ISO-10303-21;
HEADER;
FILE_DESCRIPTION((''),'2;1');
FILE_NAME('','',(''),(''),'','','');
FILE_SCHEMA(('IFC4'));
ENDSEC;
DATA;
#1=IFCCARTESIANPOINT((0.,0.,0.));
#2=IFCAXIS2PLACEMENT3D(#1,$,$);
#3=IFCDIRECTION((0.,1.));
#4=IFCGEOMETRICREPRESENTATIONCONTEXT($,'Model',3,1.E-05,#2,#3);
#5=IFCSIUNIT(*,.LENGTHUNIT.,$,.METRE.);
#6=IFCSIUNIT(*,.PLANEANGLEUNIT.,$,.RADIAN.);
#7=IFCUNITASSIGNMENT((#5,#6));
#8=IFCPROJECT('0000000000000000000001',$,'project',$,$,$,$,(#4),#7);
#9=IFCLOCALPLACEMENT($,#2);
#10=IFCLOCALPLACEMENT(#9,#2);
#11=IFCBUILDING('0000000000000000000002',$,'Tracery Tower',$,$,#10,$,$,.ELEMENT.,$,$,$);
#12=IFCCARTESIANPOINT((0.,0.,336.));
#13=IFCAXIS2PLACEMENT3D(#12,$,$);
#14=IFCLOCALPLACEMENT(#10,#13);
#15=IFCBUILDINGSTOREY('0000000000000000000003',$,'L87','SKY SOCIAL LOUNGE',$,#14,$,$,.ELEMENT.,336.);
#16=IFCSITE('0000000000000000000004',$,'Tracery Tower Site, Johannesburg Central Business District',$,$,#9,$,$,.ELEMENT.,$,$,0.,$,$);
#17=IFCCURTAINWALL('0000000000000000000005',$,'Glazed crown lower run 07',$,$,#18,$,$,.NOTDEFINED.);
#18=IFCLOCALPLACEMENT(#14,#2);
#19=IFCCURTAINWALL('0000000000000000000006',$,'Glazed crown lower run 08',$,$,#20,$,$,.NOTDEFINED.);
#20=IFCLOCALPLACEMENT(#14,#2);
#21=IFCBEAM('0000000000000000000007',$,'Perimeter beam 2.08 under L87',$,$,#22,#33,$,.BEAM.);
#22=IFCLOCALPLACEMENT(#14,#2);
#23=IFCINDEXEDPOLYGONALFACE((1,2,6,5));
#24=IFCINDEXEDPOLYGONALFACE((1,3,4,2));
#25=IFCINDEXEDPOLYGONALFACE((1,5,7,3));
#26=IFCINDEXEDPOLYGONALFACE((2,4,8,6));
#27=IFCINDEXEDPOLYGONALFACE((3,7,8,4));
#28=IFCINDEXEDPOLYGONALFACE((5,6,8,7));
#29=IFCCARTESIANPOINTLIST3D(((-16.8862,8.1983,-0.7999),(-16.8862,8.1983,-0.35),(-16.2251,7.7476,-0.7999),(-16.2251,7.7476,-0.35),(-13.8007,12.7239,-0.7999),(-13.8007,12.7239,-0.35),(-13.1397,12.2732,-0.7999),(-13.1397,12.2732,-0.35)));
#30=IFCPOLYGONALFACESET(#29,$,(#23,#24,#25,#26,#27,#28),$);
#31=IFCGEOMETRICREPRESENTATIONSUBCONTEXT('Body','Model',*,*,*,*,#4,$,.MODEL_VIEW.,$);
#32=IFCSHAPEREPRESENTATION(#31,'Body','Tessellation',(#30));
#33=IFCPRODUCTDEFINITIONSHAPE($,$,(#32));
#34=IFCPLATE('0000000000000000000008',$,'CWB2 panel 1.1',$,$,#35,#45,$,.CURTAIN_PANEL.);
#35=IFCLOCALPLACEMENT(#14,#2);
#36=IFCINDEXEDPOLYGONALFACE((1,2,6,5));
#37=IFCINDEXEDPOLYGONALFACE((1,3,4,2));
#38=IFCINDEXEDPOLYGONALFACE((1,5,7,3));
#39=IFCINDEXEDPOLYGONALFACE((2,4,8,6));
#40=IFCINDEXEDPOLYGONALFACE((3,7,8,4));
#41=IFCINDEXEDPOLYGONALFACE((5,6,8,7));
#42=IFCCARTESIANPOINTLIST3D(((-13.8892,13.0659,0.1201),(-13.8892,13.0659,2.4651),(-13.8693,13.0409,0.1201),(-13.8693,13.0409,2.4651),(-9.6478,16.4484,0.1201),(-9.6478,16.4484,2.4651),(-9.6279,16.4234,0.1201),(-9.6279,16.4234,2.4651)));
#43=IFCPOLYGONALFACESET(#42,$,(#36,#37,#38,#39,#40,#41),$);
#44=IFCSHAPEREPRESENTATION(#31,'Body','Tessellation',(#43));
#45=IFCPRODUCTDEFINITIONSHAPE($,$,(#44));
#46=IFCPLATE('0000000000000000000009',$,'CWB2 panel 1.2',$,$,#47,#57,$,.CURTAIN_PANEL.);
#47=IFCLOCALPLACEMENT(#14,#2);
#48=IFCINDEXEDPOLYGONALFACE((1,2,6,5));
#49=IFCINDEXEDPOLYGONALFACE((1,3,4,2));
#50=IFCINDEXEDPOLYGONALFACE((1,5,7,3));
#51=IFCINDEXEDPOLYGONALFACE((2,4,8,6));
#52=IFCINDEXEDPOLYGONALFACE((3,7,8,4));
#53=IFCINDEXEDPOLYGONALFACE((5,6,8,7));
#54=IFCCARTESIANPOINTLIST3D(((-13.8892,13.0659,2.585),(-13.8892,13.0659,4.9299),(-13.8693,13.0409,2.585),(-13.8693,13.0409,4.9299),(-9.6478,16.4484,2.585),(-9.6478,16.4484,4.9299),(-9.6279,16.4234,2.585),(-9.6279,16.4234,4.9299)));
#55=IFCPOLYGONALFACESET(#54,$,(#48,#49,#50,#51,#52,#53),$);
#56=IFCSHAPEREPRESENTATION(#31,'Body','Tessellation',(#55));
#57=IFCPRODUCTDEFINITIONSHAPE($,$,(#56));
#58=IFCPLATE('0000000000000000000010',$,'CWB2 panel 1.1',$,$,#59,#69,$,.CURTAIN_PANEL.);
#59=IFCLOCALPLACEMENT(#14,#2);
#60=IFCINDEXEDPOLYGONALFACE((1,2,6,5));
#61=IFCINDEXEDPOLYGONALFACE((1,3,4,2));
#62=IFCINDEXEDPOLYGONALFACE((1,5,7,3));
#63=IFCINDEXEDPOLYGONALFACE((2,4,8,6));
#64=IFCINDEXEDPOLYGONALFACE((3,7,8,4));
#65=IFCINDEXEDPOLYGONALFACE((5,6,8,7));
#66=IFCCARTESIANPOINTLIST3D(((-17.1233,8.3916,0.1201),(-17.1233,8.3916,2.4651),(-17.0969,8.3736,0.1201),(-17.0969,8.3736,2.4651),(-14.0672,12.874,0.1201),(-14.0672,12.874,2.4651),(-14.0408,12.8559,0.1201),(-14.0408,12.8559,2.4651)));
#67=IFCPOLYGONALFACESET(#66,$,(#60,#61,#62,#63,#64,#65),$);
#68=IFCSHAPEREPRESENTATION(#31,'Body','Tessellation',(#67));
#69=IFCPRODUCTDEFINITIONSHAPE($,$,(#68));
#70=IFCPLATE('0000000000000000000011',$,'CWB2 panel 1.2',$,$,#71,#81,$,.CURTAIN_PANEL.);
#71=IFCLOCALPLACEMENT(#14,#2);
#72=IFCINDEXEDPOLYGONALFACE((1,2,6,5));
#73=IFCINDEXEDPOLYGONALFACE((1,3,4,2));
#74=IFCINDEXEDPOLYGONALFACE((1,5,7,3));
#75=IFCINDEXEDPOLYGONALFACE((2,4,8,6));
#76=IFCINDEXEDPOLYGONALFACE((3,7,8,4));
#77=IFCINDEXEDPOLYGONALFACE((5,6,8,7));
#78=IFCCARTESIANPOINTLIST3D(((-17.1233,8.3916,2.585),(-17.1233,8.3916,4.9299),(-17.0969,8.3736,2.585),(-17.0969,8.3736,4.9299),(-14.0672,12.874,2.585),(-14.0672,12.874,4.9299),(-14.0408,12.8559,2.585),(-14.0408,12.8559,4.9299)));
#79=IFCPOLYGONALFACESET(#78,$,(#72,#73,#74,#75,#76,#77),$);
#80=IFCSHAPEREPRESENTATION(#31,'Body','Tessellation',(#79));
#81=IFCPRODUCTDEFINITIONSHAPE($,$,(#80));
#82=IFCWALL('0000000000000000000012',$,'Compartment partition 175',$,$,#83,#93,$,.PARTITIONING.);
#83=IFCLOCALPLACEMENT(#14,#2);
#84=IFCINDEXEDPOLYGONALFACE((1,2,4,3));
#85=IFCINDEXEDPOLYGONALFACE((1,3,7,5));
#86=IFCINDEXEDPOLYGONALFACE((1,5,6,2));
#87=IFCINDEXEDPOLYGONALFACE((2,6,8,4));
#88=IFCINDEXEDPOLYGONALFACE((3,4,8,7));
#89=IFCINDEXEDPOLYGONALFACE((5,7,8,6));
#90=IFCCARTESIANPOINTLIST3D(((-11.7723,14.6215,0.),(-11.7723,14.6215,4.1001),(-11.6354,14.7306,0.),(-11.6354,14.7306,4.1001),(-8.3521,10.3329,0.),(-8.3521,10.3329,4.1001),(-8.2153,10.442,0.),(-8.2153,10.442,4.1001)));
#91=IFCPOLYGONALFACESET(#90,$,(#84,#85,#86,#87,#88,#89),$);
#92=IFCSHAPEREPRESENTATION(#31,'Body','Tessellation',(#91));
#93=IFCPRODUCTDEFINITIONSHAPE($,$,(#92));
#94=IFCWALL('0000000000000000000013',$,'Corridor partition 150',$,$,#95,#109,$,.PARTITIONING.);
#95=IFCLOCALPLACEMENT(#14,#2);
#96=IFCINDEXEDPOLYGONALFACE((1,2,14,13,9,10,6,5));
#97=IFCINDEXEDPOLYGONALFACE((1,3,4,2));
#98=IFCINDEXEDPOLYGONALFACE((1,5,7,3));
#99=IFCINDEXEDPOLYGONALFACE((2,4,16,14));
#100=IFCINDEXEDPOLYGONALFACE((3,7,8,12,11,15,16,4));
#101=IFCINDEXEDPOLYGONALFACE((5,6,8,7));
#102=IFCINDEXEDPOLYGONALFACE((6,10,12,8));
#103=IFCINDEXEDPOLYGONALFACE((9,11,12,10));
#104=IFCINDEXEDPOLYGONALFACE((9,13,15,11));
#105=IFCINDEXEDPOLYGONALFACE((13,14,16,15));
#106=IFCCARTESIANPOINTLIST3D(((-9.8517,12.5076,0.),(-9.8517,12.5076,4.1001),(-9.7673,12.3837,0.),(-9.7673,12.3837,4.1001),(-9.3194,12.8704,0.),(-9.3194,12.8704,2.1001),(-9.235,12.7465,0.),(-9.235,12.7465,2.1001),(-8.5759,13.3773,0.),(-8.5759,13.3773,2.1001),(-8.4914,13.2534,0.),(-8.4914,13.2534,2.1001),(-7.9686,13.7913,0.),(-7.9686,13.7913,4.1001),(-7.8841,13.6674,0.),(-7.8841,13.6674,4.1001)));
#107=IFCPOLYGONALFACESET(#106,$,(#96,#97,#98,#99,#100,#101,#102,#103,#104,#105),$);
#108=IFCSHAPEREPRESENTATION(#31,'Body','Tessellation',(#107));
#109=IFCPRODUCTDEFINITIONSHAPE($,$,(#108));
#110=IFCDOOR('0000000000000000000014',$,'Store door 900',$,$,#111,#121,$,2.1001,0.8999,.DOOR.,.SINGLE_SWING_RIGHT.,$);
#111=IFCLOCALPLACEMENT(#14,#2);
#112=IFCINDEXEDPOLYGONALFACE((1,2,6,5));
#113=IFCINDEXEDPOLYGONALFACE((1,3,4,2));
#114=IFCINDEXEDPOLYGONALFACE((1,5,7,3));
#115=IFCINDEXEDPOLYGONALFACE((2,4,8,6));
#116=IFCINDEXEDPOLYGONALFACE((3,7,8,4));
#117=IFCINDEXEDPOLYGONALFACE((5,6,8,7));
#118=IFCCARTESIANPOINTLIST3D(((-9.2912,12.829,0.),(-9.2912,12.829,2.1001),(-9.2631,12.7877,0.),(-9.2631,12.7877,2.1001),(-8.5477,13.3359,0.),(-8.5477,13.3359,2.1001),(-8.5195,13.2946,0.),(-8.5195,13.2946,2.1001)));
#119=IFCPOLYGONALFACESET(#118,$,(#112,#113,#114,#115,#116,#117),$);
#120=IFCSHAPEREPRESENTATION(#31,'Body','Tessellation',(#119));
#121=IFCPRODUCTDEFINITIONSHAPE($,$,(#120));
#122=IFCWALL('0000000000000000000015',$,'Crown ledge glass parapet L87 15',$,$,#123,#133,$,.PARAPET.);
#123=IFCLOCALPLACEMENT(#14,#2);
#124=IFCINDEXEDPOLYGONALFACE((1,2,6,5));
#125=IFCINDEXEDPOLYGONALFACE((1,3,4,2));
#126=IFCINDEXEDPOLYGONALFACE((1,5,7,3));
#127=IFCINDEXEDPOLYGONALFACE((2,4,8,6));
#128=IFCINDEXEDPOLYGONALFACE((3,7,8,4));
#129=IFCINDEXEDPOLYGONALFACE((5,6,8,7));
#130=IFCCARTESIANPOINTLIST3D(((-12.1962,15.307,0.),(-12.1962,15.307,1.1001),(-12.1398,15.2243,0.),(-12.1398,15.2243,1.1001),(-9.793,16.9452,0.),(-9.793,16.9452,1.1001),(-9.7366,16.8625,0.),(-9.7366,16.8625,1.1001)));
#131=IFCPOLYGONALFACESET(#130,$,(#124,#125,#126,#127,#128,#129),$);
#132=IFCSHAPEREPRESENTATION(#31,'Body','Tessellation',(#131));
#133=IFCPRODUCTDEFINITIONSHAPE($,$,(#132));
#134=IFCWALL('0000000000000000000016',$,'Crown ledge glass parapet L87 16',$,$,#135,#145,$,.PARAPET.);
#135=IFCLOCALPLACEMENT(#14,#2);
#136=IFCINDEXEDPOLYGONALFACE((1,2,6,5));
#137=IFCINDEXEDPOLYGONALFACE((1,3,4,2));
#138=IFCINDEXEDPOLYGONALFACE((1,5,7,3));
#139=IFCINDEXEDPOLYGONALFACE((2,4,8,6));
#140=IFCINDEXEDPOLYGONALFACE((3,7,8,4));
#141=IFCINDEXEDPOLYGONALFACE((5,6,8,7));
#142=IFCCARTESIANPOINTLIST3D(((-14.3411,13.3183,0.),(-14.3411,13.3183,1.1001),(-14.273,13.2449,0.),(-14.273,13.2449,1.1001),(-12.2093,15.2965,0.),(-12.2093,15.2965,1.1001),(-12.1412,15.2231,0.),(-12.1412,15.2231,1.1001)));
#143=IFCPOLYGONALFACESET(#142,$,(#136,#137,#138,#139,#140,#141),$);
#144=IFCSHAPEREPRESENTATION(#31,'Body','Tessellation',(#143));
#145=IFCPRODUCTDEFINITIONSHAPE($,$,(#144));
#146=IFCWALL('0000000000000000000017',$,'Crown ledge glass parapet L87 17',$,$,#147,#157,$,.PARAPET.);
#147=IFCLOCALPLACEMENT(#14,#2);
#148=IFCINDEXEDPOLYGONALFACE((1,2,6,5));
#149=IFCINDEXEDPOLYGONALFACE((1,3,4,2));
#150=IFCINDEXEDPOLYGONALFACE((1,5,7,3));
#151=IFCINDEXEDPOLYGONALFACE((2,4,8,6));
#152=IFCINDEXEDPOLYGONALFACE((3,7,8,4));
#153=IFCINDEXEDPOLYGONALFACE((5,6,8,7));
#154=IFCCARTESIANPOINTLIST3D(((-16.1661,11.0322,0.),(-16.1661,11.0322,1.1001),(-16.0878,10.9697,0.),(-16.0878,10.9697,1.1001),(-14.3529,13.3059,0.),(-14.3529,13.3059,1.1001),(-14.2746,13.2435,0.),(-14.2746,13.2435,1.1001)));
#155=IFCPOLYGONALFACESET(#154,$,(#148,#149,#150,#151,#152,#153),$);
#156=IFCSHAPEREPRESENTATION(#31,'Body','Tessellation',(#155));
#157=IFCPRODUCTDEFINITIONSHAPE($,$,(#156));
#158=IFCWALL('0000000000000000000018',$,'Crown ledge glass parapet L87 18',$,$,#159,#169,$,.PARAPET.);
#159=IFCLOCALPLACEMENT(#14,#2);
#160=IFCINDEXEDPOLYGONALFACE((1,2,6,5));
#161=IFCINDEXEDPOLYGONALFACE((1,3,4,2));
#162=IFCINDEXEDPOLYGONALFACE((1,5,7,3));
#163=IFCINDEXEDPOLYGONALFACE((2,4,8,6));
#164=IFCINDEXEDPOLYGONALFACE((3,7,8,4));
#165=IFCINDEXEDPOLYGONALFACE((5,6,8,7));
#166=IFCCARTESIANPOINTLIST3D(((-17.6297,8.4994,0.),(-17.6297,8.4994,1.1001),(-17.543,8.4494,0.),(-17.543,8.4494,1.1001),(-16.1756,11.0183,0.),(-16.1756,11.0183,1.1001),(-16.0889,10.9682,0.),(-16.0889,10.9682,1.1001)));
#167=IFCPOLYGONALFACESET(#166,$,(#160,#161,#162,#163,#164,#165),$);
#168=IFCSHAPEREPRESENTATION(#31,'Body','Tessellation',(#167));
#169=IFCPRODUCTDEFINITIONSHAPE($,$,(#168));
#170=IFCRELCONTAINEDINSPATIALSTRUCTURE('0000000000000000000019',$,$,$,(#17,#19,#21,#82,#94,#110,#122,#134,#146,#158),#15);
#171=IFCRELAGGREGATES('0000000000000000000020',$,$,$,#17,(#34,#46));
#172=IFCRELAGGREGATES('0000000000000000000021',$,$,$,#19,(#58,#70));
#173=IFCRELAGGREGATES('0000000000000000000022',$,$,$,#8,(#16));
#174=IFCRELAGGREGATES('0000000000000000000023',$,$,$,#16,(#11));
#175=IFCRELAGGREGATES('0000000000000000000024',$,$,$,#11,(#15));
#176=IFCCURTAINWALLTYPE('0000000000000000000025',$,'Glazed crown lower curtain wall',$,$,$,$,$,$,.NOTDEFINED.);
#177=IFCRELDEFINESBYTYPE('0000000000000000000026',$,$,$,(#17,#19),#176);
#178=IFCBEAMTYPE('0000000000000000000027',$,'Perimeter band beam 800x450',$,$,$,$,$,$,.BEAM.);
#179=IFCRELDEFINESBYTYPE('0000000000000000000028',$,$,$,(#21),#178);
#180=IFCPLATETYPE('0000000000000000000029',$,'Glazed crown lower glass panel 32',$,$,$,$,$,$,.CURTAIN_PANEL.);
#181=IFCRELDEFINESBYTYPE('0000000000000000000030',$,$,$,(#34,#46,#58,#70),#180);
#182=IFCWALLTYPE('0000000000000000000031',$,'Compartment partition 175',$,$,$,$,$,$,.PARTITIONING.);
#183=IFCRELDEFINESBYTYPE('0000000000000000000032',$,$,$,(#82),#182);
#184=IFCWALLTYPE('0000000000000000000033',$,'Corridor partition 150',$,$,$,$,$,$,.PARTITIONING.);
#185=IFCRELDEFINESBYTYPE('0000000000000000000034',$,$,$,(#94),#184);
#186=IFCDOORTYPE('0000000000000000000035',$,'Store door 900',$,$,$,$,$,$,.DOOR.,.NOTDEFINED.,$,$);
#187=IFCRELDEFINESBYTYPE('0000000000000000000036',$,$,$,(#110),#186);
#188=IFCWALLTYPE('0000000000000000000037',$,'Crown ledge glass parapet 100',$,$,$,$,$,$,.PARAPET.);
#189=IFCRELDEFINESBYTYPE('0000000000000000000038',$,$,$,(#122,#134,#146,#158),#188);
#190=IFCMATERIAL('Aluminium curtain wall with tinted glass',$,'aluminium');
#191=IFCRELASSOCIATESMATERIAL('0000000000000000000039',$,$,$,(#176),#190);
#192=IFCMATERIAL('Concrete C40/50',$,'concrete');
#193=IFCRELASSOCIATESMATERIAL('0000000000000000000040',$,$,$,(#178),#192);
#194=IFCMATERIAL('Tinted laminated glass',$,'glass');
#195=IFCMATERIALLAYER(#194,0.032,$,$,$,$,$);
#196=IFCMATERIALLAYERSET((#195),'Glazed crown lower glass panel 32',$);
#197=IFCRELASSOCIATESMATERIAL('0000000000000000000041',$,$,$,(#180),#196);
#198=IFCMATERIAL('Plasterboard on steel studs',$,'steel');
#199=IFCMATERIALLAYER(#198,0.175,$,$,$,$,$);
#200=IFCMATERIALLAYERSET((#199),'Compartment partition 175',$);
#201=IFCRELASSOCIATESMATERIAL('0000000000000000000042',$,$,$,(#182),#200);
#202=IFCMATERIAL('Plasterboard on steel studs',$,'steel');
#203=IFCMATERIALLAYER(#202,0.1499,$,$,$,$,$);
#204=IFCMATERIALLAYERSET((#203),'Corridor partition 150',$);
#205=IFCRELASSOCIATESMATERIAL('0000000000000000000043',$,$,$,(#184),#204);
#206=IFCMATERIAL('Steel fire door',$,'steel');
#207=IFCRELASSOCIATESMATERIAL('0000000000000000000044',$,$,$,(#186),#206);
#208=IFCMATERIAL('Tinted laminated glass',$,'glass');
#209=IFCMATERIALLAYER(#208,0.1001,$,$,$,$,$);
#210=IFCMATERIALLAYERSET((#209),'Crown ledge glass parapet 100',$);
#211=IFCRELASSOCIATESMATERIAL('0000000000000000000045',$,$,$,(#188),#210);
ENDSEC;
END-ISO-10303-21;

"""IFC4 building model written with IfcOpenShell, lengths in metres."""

from ifc_helpers import new_model, si_unit, direction, frame, frame_2d, origin, origin_2d, place, context, subcontext, project, spatial, rectangle, extrude, material, layer, layer_set, material_profile, profile_set, type_object, element, fill, aggregate, save


model = new_model("IFC4")

# Units and contexts
model_context = context("Model", 3, precision=1e-05, world=origin(), true_north=direction((0.0, 1.0)))
body_context = subcontext(model_context, "Body", "Model", "MODEL_VIEW")
ifc_project = project(units=[si_unit("LENGTHUNIT", "METRE"), si_unit("PLANEANGLEUNIT", "RADIAN")], contexts=[model_context])

# Site, building, storey
site_placement = place(None, origin())
site = spatial("IfcSite", under=ifc_project, at=site_placement, Name="Tracery Tower Site, Johannesburg Central Business District", CompositionType="ELEMENT", RefElevation=0.0)
building_placement = place(site_placement, origin())
building = spatial("IfcBuilding", under=site, at=building_placement, Name="Tracery Tower", CompositionType="ELEMENT")
storey_placement = place(building_placement, frame((0.0, 0.0, 336.0)))
storey = spatial("IfcBuildingStorey", under=building, at=storey_placement, Name="L87", Description="SKY SOCIAL LOUNGE", CompositionType="ELEMENT", Elevation=336.0)

# Shared definitions
ifc_material_1 = material(Name="Aluminium curtain wall with tinted glass", Category="aluminium")
curtain_wall_type = type_object("IfcCurtainWallType", Name="Glazed crown lower curtain wall", PredefinedType="NOTDEFINED", material=ifc_material_1)

# Curtain wall
curtain_wall_1_placement = place(storey_placement, origin())
curtain_wall_1 = element("IfcCurtainWall", 1, at=curtain_wall_1_placement, inside=storey, type_object=curtain_wall_type, Name="Glazed crown lower run 07", PredefinedType="NOTDEFINED")

# Curtain wall
curtain_wall_2_placement = place(storey_placement, origin())
curtain_wall_2 = element("IfcCurtainWall", 2, at=curtain_wall_2_placement, inside=storey, type_object=curtain_wall_type, Name="Glazed crown lower run 08", PredefinedType="NOTDEFINED")

# Beam
ifc_material_2 = material(Name="Concrete C40/50", Category="concrete")
ifc_material_profile_1 = material_profile(ifc_material_2, rectangle(XDim=0.8, YDim=0.45, at=origin_2d()), Name="RC 800x450")
ifc_profile_set_1 = profile_set([ifc_material_profile_1], Name="Concrete C40/50")
beam_type = type_object("IfcBeamType", Name="Perimeter band beam 800x450", PredefinedType="BEAM", material=ifc_profile_set_1)
beam_placement = place(storey_placement, frame((-13.4702, 12.4985, -0.575), z_axis=(-0.563311, -0.826245, 0.0), x_axis=(0.826245, -0.563311, 0.0)))
element("IfcBeam", 3, at=beam_placement, inside=storey, type_object=beam_type, Name="Perimeter beam 2.08 under L87", PredefinedType="BEAM", context=body_context, shape_type="SweptSolid", body=[
    extrude(rectangle(XDim=0.8, YDim=0.45, at=origin_2d()), origin(), (0.0, 0.0, 1.0), 5.4773),
])

# Plates
ifc_material_3 = material(Name="Tinted laminated glass", Category="glass")
ifc_layer_1 = layer(ifc_material_3, 0.032)
ifc_layer_set_1 = layer_set([ifc_layer_1], Name="Glazed crown lower glass panel 32")
plate_type = type_object("IfcPlateType", Name="Glazed crown lower glass panel 32", PredefinedType="CURTAIN_PANEL", material=ifc_layer_set_1)
plate_1_placement = place(storey_placement, frame((-11.7585, 14.7446, 0.1201), z_axis=(0.0, 0.0, 1.0), x_axis=(-0.781822, -0.623502, 0.0)))
plate_1 = element("IfcPlate", 4, at=plate_1_placement, type_object=plate_type, Name="CWB2 panel 1.1", PredefinedType="CURTAIN_PANEL", context=body_context, shape_type="SweptSolid", body=[
    extrude(rectangle(XDim=5.425, YDim=0.032, at=origin_2d()), origin(), (0.0, 0.0, 1.0), 2.345),
])
plate_2_placement = place(storey_placement, frame((-11.7585, 14.7446, 2.585), z_axis=(0.0, 0.0, 1.0), x_axis=(-0.781822, -0.623502, 0.0)))
plate_2 = element("IfcPlate", 5, at=plate_2_placement, type_object=plate_type, Name="CWB2 panel 1.2", PredefinedType="CURTAIN_PANEL", context=body_context, shape_type="SweptSolid", body=[
    extrude(rectangle(XDim=5.425, YDim=0.032, at=origin_2d()), origin(), (0.0, 0.0, 1.0), 2.345),
])
aggregate(curtain_wall_1, [plate_1, plate_2])
plate_3_placement = place(storey_placement, frame((-15.582, 10.6238, 0.1201), z_axis=(0.0, 0.0, 1.0), x_axis=(-0.563329, -0.826233, 0.0)))
plate_3 = element("IfcPlate", 6, at=plate_3_placement, type_object=plate_type, Name="CWB2 panel 1.1", PredefinedType="CURTAIN_PANEL", context=body_context, shape_type="SweptSolid", body=[
    extrude(rectangle(XDim=5.425, YDim=0.032, at=origin_2d()), origin(), (0.0, 0.0, 1.0), 2.345),
])
plate_4_placement = place(storey_placement, frame((-15.582, 10.6238, 2.585), z_axis=(0.0, 0.0, 1.0), x_axis=(-0.563329, -0.826233, 0.0)))
plate_4 = element("IfcPlate", 7, at=plate_4_placement, type_object=plate_type, Name="CWB2 panel 1.2", PredefinedType="CURTAIN_PANEL", context=body_context, shape_type="SweptSolid", body=[
    extrude(rectangle(XDim=5.425, YDim=0.032, at=origin_2d()), origin(), (0.0, 0.0, 1.0), 2.345),
])
aggregate(curtain_wall_2, [plate_3, plate_4])

# Wall
ifc_material_4 = material(Name="Plasterboard on steel studs", Category="steel")
ifc_layer_2 = layer(ifc_material_4, 0.175)
ifc_layer_set_2 = layer_set([ifc_layer_2], Name="Compartment partition 175")
wall_type_1 = type_object("IfcWallType", Name="Compartment partition 175", PredefinedType="PARTITIONING", material=ifc_layer_set_2)
wall_1_placement = place(storey_placement, frame((-11.7039, 14.676, 0.0), z_axis=(0.0, 0.0, 1.0), x_axis=(0.623506, -0.781819, 0.0)))
element("IfcWall", 8, at=wall_1_placement, inside=storey, type_object=wall_type_1, Name="Compartment partition 175", PredefinedType="PARTITIONING", context=body_context, shape_type="SweptSolid", body=[
    extrude(rectangle(XDim=5.4854, YDim=0.175, at=frame_2d((2.7427, 0.0))), origin(), (0.0, 0.0, 1.0), 4.1001),
])

# Wall, opening, door
ifc_material_5 = material(Name="Plasterboard on steel studs", Category="steel")
ifc_layer_3 = layer(ifc_material_5, 0.1499)
ifc_layer_set_3 = layer_set([ifc_layer_3], Name="Corridor partition 150")
wall_type_2 = type_object("IfcWallType", Name="Corridor partition 150", PredefinedType="PARTITIONING", material=ifc_layer_set_3)
wall_2_placement = place(storey_placement, frame((-9.8096, 12.4456, 0.0), z_axis=(0.0, 0.0, 1.0), x_axis=(0.82627, 0.563274, 0.0)))
wall_2 = element("IfcWall", 9, at=wall_2_placement, inside=storey, type_object=wall_type_2, Name="Corridor partition 150", PredefinedType="PARTITIONING", context=body_context, shape_type="SweptSolid", body=[
    extrude(rectangle(XDim=2.2791, YDim=0.1499, at=frame_2d((1.1396, 0.0))), origin(), (0.0, 0.0, 1.0), 4.1001),
])
opening_placement = place(wall_2_placement, frame((0.6443, 0.0, 0.0)))
opening = element("IfcOpeningElement", 10, at=opening_placement, cuts=wall_2, PredefinedType="OPENING", context=body_context, shape_type="SweptSolid", body=[
    extrude(rectangle(XDim=0.8999, YDim=2.1001, at=frame_2d((0.45, 1.05))), frame((0.0, 0.075, 0.0), z_axis=(0.0, -1.0, 0.0), x_axis=(1.0, 0.0, 0.0)), (0.0, 0.0, 1.0), 0.1499),
])
ifc_material_6 = material(Name="Steel fire door", Category="steel")
door_type = type_object("IfcDoorType", Name="Store door 900", OperationType="NOTDEFINED", PredefinedType="DOOR", material=ifc_material_6)
door_placement = place(opening_placement, origin())
door = element("IfcDoor", 11, at=door_placement, inside=storey, type_object=door_type, Name="Store door 900", OperationType="SINGLE_SWING_RIGHT", OverallHeight=2.1001, OverallWidth=0.8999, PredefinedType="DOOR", context=body_context, shape_type="SweptSolid", body=[
    extrude(rectangle(XDim=0.8999, YDim=2.1001, at=frame_2d((0.45, 1.05))), frame((0.0, 0.0249, 0.0), z_axis=(0.0, -1.0, 0.0), x_axis=(1.0, 0.0, 0.0)), (0.0, 0.0, 1.0), 0.05),
])
fill(opening, door)

# Walls
ifc_material_7 = material(Name="Tinted laminated glass", Category="glass")
ifc_layer_4 = layer(ifc_material_7, 0.1001)
ifc_layer_set_4 = layer_set([ifc_layer_4], Name="Crown ledge glass parapet 100")
wall_type_3 = type_object("IfcWallType", Name="Crown ledge glass parapet 100", PredefinedType="PARAPET", material=ifc_layer_set_4)
wall_3_placement = place(storey_placement, frame((-9.7649, 16.9038, 0.0), z_axis=(0.0, 0.0, 1.0), x_axis=(-0.826272, -0.563272, 0.0)))
element("IfcWall", 12, at=wall_3_placement, inside=storey, type_object=wall_type_3, Name="Crown ledge glass parapet L87 15", PredefinedType="PARAPET", context=body_context, shape_type="SweptSolid", body=[
    extrude(rectangle(XDim=2.9084, YDim=0.1001, at=frame_2d((1.4541, 0.0))), origin(), (0.0, 0.0, 1.0), 1.1001),
])
for number, where, z_axis, x_axis, name in (
    (13, (-12.1753, 15.2598, 0.0), (0.0, 0.0, 1.0), (-0.733015, -0.680213, 0.0), "Crown ledge glass parapet L87 16"),
    (14, (-14.3137, 13.2747, 0.0), (0.0, 0.0, 1.0), (-0.623496, -0.781826, 0.0), "Crown ledge glass parapet L87 17"),
):
    element("IfcWall", number, at=place(storey_placement, frame(where, z_axis=z_axis, x_axis=x_axis)), inside=storey, type_object=wall_type_3, Name=name, PredefinedType="PARAPET", context=body_context, shape_type="SweptSolid", body=[
        extrude(rectangle(XDim=2.9082, YDim=0.1001, at=frame_2d((1.4541, 0.0))), origin(), (0.0, 0.0, 1.0), 1.1001),
    ])
wall_4_placement = place(storey_placement, frame((-16.1323, 10.9932, 0.0), z_axis=(0.0, 0.0, 1.0), x_axis=(-0.499967, -0.866044, 0.0)))
element("IfcWall", 15, at=wall_4_placement, inside=storey, type_object=wall_type_3, Name="Crown ledge glass parapet L87 18", PredefinedType="PARAPET", context=body_context, shape_type="SweptSolid", body=[
    extrude(rectangle(XDim=2.9084, YDim=0.1001, at=frame_2d((1.4541, 0.0))), origin(), (0.0, 0.0, 1.0), 1.1001),
])

save(model, "model.ifc")
